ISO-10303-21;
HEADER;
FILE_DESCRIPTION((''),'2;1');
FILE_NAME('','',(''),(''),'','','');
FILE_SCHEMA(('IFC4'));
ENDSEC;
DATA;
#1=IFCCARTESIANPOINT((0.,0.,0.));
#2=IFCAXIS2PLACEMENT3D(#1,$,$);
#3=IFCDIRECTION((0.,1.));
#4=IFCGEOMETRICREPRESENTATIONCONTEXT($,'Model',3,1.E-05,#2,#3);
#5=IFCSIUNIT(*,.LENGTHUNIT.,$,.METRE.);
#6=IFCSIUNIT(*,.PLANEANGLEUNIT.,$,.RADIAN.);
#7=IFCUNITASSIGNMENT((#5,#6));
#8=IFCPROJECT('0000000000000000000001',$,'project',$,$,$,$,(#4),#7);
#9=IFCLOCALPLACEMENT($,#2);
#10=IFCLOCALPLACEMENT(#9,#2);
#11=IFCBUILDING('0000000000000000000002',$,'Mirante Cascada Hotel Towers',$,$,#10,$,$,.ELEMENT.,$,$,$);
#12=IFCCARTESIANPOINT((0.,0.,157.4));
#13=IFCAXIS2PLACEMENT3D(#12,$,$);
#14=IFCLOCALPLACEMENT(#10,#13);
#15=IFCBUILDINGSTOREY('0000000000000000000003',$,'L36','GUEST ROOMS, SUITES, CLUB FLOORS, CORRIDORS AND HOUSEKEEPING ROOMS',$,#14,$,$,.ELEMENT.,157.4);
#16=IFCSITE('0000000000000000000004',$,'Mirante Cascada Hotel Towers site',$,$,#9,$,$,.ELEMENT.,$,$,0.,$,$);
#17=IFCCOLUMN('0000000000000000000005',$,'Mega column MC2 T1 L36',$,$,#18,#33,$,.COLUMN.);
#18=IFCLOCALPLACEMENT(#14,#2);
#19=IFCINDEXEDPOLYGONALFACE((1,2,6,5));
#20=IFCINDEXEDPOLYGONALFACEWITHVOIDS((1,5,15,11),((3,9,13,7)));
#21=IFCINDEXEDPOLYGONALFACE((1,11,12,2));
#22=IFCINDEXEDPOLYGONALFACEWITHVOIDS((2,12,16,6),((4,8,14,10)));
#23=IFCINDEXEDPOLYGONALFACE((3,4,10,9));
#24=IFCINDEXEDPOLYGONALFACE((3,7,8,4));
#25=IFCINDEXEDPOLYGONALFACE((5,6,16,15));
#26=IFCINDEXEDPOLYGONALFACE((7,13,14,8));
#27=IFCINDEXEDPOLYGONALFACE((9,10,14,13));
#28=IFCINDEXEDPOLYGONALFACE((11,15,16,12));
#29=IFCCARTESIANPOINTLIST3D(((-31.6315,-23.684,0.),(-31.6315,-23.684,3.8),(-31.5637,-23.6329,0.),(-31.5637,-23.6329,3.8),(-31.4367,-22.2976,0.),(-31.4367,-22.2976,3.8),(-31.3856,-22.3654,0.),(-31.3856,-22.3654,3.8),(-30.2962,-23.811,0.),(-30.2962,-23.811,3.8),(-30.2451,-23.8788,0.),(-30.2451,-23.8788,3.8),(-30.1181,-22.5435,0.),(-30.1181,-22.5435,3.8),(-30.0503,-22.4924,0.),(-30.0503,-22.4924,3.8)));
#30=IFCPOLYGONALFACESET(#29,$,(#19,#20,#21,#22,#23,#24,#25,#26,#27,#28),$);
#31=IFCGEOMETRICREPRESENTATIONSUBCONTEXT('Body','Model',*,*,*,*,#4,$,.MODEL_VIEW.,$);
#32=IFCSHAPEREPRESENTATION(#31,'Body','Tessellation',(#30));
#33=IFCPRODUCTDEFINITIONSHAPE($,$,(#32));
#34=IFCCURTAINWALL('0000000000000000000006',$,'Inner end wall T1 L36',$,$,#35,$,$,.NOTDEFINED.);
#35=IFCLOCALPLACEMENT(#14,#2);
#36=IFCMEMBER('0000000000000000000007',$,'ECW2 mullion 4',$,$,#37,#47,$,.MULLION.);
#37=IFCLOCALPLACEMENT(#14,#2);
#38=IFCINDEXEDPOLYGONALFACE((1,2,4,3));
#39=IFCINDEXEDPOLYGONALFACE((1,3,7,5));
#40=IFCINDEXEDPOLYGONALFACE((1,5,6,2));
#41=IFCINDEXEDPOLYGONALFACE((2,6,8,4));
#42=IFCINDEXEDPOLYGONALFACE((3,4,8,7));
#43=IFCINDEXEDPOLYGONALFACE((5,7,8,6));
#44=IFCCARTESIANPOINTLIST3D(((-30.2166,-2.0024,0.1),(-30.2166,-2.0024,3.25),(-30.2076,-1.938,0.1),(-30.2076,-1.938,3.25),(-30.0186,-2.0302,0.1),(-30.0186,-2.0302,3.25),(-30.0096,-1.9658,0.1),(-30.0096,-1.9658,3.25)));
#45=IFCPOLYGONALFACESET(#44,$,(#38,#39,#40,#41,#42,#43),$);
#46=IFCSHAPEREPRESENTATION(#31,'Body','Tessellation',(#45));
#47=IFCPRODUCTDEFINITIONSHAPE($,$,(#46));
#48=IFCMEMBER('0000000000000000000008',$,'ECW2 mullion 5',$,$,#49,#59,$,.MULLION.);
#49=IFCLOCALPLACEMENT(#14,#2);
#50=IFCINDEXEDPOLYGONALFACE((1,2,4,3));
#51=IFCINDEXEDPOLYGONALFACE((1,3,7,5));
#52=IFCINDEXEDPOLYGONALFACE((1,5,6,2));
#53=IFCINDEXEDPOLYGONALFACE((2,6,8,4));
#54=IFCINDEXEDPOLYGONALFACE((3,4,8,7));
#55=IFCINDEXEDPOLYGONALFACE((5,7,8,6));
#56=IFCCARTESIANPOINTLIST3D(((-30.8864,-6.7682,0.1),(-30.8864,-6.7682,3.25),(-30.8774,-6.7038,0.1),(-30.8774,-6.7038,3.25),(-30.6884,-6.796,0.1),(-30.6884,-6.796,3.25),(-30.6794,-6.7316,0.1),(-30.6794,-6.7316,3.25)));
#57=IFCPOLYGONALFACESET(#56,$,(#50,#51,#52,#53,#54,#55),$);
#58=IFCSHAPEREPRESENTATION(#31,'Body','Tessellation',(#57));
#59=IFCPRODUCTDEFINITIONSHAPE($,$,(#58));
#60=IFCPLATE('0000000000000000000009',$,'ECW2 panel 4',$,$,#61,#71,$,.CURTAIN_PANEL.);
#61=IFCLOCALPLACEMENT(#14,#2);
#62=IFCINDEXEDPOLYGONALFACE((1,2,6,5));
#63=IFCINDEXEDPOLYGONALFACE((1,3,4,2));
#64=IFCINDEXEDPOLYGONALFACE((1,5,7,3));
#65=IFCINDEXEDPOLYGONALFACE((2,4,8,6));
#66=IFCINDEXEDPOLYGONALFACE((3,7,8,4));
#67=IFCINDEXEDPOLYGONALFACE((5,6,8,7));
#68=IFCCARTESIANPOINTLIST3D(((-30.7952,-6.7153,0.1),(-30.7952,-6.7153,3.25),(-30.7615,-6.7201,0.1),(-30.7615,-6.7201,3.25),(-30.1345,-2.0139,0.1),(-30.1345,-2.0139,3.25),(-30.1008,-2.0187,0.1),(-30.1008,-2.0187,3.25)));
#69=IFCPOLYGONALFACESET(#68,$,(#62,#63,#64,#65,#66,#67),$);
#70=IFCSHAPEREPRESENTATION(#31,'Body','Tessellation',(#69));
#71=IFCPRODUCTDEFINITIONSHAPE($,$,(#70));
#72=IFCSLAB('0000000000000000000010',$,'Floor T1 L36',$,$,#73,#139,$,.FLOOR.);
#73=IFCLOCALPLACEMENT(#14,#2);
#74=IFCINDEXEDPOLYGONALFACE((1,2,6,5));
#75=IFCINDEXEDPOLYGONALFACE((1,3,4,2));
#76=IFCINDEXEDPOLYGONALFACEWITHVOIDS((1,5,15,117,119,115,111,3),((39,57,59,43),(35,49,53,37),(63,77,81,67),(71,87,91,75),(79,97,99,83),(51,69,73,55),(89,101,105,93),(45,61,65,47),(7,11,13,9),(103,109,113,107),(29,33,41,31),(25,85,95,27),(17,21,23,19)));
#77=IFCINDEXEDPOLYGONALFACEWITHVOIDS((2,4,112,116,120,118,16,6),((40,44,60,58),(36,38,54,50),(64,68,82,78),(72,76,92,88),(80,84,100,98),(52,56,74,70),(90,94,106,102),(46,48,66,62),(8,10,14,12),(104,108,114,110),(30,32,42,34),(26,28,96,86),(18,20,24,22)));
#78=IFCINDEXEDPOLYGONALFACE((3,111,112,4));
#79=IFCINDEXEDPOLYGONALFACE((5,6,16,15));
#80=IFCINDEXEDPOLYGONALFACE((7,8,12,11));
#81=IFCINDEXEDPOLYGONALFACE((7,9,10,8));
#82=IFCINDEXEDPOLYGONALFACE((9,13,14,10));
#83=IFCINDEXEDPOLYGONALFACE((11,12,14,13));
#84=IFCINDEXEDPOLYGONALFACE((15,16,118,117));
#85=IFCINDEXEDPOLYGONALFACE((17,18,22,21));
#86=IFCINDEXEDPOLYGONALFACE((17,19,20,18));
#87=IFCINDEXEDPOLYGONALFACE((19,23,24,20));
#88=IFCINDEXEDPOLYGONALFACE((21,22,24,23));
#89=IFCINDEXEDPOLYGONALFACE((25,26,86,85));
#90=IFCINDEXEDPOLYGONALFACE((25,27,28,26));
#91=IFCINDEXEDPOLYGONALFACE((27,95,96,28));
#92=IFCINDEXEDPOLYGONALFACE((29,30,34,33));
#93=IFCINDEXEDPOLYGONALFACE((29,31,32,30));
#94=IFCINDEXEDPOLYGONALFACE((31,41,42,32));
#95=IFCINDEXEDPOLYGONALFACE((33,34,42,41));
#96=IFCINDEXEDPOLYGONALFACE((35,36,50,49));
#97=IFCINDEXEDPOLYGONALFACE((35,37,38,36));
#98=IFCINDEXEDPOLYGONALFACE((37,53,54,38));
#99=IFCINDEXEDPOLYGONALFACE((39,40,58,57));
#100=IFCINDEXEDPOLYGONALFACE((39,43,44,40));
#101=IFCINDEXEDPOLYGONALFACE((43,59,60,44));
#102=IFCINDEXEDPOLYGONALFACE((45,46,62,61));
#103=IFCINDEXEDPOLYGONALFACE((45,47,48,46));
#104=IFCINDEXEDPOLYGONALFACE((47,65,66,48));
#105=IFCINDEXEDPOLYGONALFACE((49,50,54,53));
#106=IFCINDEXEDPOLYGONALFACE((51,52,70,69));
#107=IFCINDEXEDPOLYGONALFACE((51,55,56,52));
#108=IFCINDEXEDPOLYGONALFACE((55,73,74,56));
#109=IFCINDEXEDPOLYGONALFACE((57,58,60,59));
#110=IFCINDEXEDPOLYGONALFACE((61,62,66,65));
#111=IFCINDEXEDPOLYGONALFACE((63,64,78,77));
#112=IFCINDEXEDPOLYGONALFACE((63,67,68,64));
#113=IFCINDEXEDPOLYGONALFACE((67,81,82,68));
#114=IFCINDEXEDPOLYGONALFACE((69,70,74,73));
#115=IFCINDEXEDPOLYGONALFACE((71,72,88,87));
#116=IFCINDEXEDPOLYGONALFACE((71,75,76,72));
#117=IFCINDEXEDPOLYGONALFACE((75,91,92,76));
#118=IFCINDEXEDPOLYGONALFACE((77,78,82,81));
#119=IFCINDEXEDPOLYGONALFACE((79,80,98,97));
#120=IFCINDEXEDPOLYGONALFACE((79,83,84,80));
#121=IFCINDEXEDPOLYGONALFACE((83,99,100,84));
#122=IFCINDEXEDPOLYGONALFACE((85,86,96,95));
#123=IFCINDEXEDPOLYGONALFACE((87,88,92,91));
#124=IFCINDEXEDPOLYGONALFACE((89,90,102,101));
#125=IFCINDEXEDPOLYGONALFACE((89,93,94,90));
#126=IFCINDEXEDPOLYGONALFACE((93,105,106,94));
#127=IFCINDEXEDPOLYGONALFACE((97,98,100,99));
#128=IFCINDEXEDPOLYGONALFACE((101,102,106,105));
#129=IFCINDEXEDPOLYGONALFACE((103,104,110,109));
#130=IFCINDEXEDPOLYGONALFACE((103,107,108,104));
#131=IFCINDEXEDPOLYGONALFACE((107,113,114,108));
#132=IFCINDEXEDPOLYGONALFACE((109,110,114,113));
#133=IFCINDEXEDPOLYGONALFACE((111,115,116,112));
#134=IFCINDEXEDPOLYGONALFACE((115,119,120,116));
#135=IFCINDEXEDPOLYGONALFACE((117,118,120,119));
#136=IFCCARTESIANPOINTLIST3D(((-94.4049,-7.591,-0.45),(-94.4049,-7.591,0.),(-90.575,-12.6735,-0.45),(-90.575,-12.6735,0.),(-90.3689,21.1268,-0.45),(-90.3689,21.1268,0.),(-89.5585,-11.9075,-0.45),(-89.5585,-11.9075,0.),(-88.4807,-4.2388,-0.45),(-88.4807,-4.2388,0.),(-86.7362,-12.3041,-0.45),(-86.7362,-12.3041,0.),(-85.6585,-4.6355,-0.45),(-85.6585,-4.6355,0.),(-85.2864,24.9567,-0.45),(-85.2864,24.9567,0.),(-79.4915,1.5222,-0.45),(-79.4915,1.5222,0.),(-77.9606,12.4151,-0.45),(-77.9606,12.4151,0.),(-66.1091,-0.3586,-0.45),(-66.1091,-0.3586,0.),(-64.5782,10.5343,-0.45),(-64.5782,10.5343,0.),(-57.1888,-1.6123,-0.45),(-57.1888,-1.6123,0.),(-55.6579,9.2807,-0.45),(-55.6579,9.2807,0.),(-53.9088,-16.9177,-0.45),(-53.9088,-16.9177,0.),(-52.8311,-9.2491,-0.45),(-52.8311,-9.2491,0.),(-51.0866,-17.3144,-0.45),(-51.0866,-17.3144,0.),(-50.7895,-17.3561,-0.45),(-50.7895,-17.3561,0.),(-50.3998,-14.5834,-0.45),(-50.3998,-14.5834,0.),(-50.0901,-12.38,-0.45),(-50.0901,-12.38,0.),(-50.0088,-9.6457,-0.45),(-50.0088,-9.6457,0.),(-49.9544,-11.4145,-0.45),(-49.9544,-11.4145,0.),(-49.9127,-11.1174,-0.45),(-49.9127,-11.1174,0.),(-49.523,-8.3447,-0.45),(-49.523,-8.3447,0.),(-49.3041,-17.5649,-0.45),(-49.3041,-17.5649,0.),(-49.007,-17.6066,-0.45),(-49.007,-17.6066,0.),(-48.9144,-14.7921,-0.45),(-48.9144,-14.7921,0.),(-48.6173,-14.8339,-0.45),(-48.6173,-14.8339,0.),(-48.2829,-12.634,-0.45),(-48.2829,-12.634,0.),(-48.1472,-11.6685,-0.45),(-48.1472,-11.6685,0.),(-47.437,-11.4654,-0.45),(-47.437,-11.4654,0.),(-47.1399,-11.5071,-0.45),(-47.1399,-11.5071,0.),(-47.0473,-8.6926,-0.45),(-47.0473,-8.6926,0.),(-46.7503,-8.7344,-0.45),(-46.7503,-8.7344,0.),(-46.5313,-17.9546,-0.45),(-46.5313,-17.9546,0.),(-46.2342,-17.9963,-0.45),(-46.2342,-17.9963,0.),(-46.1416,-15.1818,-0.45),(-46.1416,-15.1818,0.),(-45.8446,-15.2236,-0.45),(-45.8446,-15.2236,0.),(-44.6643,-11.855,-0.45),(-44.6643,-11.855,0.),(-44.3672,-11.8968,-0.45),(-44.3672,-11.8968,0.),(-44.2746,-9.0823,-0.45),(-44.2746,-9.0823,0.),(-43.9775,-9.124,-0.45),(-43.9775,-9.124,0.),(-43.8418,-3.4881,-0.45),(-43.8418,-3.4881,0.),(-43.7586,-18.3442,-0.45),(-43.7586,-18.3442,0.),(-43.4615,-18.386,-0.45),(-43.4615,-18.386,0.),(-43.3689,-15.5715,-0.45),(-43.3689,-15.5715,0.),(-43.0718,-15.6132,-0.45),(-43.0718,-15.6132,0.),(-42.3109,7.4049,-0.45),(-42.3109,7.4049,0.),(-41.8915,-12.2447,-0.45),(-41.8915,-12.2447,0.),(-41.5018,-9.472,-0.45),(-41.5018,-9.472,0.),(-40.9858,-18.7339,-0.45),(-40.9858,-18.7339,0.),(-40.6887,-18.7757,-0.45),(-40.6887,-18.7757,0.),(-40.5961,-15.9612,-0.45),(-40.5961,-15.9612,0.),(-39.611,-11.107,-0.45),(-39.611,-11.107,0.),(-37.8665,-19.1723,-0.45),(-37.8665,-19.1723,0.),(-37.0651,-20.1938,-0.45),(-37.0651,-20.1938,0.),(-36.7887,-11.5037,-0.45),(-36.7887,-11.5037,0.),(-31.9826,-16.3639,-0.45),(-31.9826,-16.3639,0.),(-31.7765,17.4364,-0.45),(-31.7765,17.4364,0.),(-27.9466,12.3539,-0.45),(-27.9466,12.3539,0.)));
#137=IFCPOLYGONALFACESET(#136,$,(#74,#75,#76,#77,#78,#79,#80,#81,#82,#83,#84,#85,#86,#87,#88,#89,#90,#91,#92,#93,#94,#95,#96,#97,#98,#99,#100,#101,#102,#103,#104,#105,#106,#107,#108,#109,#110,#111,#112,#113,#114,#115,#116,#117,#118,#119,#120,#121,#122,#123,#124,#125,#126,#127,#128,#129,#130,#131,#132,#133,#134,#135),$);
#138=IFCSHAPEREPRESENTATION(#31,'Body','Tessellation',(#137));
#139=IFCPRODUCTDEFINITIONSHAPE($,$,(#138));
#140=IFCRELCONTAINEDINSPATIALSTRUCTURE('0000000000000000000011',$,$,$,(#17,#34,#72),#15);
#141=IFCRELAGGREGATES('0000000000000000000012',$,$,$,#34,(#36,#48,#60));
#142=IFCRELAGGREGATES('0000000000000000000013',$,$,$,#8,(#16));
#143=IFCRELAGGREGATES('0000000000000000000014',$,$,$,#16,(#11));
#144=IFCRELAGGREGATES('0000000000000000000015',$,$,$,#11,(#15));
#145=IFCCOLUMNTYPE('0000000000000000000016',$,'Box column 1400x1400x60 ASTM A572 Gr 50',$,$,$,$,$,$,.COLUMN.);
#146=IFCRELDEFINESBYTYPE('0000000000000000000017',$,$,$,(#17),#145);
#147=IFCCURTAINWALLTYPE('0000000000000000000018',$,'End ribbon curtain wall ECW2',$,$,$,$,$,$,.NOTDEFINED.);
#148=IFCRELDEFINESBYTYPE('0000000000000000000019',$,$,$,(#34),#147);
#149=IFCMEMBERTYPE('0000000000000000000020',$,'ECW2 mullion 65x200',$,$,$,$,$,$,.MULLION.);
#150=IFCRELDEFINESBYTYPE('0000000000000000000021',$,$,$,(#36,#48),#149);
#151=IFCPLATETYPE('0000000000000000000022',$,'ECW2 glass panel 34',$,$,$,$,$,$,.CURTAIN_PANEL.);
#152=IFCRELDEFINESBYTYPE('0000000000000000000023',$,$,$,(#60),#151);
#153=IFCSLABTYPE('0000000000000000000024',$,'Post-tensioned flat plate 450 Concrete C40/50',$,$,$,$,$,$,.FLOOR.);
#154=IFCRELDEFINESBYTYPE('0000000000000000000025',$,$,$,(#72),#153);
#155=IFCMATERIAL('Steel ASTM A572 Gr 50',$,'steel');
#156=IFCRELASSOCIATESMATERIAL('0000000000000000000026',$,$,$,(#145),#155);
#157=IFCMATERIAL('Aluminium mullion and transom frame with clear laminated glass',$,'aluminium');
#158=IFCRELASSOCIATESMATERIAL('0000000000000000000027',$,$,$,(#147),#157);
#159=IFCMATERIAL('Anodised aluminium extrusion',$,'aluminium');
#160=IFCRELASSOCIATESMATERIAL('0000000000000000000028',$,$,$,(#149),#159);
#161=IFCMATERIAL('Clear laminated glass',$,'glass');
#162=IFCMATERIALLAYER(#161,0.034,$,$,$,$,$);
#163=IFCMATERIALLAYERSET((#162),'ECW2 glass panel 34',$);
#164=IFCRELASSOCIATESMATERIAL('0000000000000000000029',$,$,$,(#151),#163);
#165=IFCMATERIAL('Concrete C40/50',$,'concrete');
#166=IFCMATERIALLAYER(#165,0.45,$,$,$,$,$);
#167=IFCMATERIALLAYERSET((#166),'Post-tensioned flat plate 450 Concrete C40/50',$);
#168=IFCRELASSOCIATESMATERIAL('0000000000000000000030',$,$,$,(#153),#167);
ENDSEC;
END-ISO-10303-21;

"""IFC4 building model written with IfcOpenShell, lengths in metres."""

from ifc_helpers import new_model, si_unit, direction, frame, origin, origin_2d, place, context, subcontext, project, spatial, polyline, rectangle, hollow_rectangle, outline, extrude, material, layer, layer_set, material_profile, profile_set, type_object, element, aggregate, save


model = new_model("IFC4")

# Units and contexts
model_context = context("Model", 3, precision=1e-05, world=origin(), true_north=direction((0.0, 1.0)))
body_context = subcontext(model_context, "Body", "Model", "MODEL_VIEW")
ifc_project = project(units=[si_unit("LENGTHUNIT", "METRE"), si_unit("PLANEANGLEUNIT", "RADIAN")], contexts=[model_context])

# Site, building, storey
site_placement = place(None, origin())
site = spatial("IfcSite", under=ifc_project, at=site_placement, Name="Mirante Cascada Hotel Towers site", CompositionType="ELEMENT", RefElevation=0.0)
building_placement = place(site_placement, origin())
building = spatial("IfcBuilding", under=site, at=building_placement, Name="Mirante Cascada Hotel Towers", CompositionType="ELEMENT")
storey_placement = place(building_placement, frame((0.0, 0.0, 157.4)))
storey = spatial("IfcBuildingStorey", under=building, at=storey_placement, Name="L36", Description="GUEST ROOMS, SUITES, CLUB FLOORS, CORRIDORS AND HOUSEKEEPING ROOMS", CompositionType="ELEMENT", Elevation=157.4)

# Column
ifc_material_1 = material(Name="Steel ASTM A572 Gr 50", Category="steel")
ifc_material_profile_1 = material_profile(ifc_material_1, hollow_rectangle(XDim=1.4, YDim=1.4, WallThickness=0.06, at=origin_2d()), Name="Box column 1400x1400x60 ASTM A572 Gr 50")
ifc_profile_set_1 = profile_set([ifc_material_profile_1], Name="Steel ASTM A572 Gr 50")
column_type = type_object("IfcColumnType", Name="Box column 1400x1400x60 ASTM A572 Gr 50", PredefinedType="COLUMN", material=ifc_profile_set_1)
column_placement = place(storey_placement, frame((-30.8409, -23.0882, 0.0), z_axis=(0.0, 0.0, 1.0), x_axis=(-0.990268, 0.139173, 0.0)))
element("IfcColumn", 1, at=column_placement, inside=storey, type_object=column_type, Name="Mega column MC2 T1 L36", PredefinedType="COLUMN", context=body_context, shape_type="SweptSolid", body=[
    extrude(hollow_rectangle(XDim=1.4, YDim=1.4, WallThickness=0.06, at=origin_2d()), origin(), (0.0, 0.0, 1.0), 3.8),
])

# Curtain wall, members, plate
ifc_material_2 = material(Name="Aluminium mullion and transom frame with clear laminated glass", Category="aluminium")
curtain_wall_type = type_object("IfcCurtainWallType", Name="End ribbon curtain wall ECW2", PredefinedType="NOTDEFINED", material=ifc_material_2)
curtain_wall_placement = place(storey_placement, origin())
curtain_wall = element("IfcCurtainWall", 2, at=curtain_wall_placement, inside=storey, type_object=curtain_wall_type, Name="Inner end wall T1 L36", PredefinedType="NOTDEFINED")
ifc_material_3 = material(Name="Anodised aluminium extrusion", Category="aluminium")
ifc_material_profile_2 = material_profile(ifc_material_3, rectangle(XDim=0.2, YDim=0.065, at=origin_2d()), Name="ECW2 MULLION 65x200")
ifc_profile_set_2 = profile_set([ifc_material_profile_2], Name="Anodised aluminium extrusion")
member_type = type_object("IfcMemberType", Name="ECW2 mullion 65x200", PredefinedType="MULLION", material=ifc_profile_set_2)
member_1_placement = place(storey_placement, frame((-30.1131, -1.9841, 0.1), z_axis=(0.0, 0.0, 1.0), x_axis=(0.990268, -0.139173, 0.0)))
member_1 = element("IfcMember", 3, at=member_1_placement, type_object=member_type, Name="ECW2 mullion 4", PredefinedType="MULLION", context=body_context, shape_type="SweptSolid", body=[
    extrude(rectangle(XDim=0.2, YDim=0.065, at=origin_2d()), origin(), (0.0, 0.0, 1.0), 3.15),
])
member_2_placement = place(storey_placement, frame((-30.7829, -6.7499, 0.1), z_axis=(0.0, 0.0, 1.0), x_axis=(0.990268, -0.139173, 0.0)))
member_2 = element("IfcMember", 4, at=member_2_placement, type_object=member_type, Name="ECW2 mullion 5", PredefinedType="MULLION", context=body_context, shape_type="SweptSolid", body=[
    extrude(rectangle(XDim=0.2, YDim=0.065, at=origin_2d()), origin(), (0.0, 0.0, 1.0), 3.15),
])
ifc_material_4 = material(Name="Clear laminated glass", Category="glass")
ifc_layer_1 = layer(ifc_material_4, 0.034)
ifc_layer_set_1 = layer_set([ifc_layer_1], Name="ECW2 glass panel 34")
plate_type = type_object("IfcPlateType", Name="ECW2 glass panel 34", PredefinedType="CURTAIN_PANEL", material=ifc_layer_set_1)
plate_placement = place(storey_placement, frame((-30.448, -4.367, 0.1), z_axis=(0.0, 0.0, 1.0), x_axis=(-0.139173, -0.990268, 0.0)))
plate = element("IfcPlate", 5, at=plate_placement, type_object=plate_type, Name="ECW2 panel 4", PredefinedType="CURTAIN_PANEL", context=body_context, shape_type="SweptSolid", body=[
    extrude(rectangle(XDim=4.7476, YDim=0.034, at=origin_2d()), origin(), (0.0, 0.0, 1.0), 3.15),
])
aggregate(curtain_wall, [member_1, member_2, plate])

# Slab
ifc_material_5 = material(Name="Concrete C40/50", Category="concrete")
ifc_layer_2 = layer(ifc_material_5, 0.45)
ifc_layer_set_2 = layer_set([ifc_layer_2], Name="Post-tensioned flat plate 450 Concrete C40/50")
slab_type = type_object("IfcSlabType", Name="Post-tensioned flat plate 450 Concrete C40/50", PredefinedType="FLOOR", material=ifc_layer_set_2)
slab_1_placement = place(storey_placement, frame((0.0, 0.0, -0.45)))
element("IfcSlab", 6, at=slab_1_placement, inside=storey, type_object=slab_type, Name="Floor T1 L36", PredefinedType="FLOOR", context=body_context, shape_type="SweptSolid", body=[
    extrude(outline(polyline([(-31.9826, -16.3639), (-27.9466, 12.3539), (-31.7765, 17.4364), (-85.2864, 24.9567), (-90.3689, 21.1268), (-94.4049, -7.591), (-90.575, -12.6735), (-37.0651, -20.1938), (-31.9826, -16.3639)]), holes=[polyline([(-40.5961, -15.9612), (-40.9858, -18.7339), (-43.4615, -18.386), (-43.0718, -15.6132), (-40.5961, -15.9612)]), polyline([(-45.8446, -15.2236), (-43.3689, -15.5715), (-43.7586, -18.3442), (-46.2342, -17.9963), (-45.8446, -15.2236)]), polyline([(-48.6173, -14.8339), (-46.1416, -15.1818), (-46.5313, -17.9546), (-49.007, -17.6066), (-48.6173, -14.8339)]), polyline([(-37.8665, -19.1723), (-40.6887, -18.7757), (-39.611, -11.107), (-36.7887, -11.5037), (-37.8665, -19.1723)]), polyline([(-43.9775, -9.124), (-41.5018, -9.472), (-41.8915, -12.2447), (-44.3672, -11.8968), (-43.9775, -9.124)]), polyline([(-46.7503, -8.7344), (-44.2746, -9.0823), (-44.6643, -11.855), (-47.1399, -11.5071), (-46.7503, -8.7344)]), polyline([(-48.9144, -14.7921), (-49.3041, -17.5649), (-50.7895, -17.3561), (-50.3998, -14.5834), (-48.9144, -14.7921)]), polyline([(-50.0088, -9.6457), (-51.0866, -17.3144), (-53.9088, -16.9177), (-52.8311, -9.2491), (-50.0088, -9.6457)]), polyline([(-85.6585, -4.6355), (-86.7362, -12.3041), (-89.5585, -11.9075), (-88.4807, -4.2388), (-85.6585, -4.6355)]), polyline([(-48.1472, -11.6685), (-48.2829, -12.634), (-50.0901, -12.38), (-49.9544, -11.4145), (-48.1472, -11.6685)]), polyline([(-49.523, -8.3447), (-47.0473, -8.6926), (-47.437, -11.4654), (-49.9127, -11.1174), (-49.523, -8.3447)]), polyline([(-64.5782, 10.5343), (-64.5782, 10.5343), (-66.1091, -0.3586), (-66.1091, -0.3586), (-79.4915, 1.5222), (-77.9606, 12.4151), (-64.5782, 10.5343)]), polyline([(-42.3109, 7.4049), (-43.8418, -3.4881), (-57.1888, -1.6123), (-57.1888, -1.6123), (-55.6579, 9.2807), (-42.3109, 7.4049)])]), origin(), (0.0, 0.0, 1.0), 0.45),
])

save(model, "model.ifc")
